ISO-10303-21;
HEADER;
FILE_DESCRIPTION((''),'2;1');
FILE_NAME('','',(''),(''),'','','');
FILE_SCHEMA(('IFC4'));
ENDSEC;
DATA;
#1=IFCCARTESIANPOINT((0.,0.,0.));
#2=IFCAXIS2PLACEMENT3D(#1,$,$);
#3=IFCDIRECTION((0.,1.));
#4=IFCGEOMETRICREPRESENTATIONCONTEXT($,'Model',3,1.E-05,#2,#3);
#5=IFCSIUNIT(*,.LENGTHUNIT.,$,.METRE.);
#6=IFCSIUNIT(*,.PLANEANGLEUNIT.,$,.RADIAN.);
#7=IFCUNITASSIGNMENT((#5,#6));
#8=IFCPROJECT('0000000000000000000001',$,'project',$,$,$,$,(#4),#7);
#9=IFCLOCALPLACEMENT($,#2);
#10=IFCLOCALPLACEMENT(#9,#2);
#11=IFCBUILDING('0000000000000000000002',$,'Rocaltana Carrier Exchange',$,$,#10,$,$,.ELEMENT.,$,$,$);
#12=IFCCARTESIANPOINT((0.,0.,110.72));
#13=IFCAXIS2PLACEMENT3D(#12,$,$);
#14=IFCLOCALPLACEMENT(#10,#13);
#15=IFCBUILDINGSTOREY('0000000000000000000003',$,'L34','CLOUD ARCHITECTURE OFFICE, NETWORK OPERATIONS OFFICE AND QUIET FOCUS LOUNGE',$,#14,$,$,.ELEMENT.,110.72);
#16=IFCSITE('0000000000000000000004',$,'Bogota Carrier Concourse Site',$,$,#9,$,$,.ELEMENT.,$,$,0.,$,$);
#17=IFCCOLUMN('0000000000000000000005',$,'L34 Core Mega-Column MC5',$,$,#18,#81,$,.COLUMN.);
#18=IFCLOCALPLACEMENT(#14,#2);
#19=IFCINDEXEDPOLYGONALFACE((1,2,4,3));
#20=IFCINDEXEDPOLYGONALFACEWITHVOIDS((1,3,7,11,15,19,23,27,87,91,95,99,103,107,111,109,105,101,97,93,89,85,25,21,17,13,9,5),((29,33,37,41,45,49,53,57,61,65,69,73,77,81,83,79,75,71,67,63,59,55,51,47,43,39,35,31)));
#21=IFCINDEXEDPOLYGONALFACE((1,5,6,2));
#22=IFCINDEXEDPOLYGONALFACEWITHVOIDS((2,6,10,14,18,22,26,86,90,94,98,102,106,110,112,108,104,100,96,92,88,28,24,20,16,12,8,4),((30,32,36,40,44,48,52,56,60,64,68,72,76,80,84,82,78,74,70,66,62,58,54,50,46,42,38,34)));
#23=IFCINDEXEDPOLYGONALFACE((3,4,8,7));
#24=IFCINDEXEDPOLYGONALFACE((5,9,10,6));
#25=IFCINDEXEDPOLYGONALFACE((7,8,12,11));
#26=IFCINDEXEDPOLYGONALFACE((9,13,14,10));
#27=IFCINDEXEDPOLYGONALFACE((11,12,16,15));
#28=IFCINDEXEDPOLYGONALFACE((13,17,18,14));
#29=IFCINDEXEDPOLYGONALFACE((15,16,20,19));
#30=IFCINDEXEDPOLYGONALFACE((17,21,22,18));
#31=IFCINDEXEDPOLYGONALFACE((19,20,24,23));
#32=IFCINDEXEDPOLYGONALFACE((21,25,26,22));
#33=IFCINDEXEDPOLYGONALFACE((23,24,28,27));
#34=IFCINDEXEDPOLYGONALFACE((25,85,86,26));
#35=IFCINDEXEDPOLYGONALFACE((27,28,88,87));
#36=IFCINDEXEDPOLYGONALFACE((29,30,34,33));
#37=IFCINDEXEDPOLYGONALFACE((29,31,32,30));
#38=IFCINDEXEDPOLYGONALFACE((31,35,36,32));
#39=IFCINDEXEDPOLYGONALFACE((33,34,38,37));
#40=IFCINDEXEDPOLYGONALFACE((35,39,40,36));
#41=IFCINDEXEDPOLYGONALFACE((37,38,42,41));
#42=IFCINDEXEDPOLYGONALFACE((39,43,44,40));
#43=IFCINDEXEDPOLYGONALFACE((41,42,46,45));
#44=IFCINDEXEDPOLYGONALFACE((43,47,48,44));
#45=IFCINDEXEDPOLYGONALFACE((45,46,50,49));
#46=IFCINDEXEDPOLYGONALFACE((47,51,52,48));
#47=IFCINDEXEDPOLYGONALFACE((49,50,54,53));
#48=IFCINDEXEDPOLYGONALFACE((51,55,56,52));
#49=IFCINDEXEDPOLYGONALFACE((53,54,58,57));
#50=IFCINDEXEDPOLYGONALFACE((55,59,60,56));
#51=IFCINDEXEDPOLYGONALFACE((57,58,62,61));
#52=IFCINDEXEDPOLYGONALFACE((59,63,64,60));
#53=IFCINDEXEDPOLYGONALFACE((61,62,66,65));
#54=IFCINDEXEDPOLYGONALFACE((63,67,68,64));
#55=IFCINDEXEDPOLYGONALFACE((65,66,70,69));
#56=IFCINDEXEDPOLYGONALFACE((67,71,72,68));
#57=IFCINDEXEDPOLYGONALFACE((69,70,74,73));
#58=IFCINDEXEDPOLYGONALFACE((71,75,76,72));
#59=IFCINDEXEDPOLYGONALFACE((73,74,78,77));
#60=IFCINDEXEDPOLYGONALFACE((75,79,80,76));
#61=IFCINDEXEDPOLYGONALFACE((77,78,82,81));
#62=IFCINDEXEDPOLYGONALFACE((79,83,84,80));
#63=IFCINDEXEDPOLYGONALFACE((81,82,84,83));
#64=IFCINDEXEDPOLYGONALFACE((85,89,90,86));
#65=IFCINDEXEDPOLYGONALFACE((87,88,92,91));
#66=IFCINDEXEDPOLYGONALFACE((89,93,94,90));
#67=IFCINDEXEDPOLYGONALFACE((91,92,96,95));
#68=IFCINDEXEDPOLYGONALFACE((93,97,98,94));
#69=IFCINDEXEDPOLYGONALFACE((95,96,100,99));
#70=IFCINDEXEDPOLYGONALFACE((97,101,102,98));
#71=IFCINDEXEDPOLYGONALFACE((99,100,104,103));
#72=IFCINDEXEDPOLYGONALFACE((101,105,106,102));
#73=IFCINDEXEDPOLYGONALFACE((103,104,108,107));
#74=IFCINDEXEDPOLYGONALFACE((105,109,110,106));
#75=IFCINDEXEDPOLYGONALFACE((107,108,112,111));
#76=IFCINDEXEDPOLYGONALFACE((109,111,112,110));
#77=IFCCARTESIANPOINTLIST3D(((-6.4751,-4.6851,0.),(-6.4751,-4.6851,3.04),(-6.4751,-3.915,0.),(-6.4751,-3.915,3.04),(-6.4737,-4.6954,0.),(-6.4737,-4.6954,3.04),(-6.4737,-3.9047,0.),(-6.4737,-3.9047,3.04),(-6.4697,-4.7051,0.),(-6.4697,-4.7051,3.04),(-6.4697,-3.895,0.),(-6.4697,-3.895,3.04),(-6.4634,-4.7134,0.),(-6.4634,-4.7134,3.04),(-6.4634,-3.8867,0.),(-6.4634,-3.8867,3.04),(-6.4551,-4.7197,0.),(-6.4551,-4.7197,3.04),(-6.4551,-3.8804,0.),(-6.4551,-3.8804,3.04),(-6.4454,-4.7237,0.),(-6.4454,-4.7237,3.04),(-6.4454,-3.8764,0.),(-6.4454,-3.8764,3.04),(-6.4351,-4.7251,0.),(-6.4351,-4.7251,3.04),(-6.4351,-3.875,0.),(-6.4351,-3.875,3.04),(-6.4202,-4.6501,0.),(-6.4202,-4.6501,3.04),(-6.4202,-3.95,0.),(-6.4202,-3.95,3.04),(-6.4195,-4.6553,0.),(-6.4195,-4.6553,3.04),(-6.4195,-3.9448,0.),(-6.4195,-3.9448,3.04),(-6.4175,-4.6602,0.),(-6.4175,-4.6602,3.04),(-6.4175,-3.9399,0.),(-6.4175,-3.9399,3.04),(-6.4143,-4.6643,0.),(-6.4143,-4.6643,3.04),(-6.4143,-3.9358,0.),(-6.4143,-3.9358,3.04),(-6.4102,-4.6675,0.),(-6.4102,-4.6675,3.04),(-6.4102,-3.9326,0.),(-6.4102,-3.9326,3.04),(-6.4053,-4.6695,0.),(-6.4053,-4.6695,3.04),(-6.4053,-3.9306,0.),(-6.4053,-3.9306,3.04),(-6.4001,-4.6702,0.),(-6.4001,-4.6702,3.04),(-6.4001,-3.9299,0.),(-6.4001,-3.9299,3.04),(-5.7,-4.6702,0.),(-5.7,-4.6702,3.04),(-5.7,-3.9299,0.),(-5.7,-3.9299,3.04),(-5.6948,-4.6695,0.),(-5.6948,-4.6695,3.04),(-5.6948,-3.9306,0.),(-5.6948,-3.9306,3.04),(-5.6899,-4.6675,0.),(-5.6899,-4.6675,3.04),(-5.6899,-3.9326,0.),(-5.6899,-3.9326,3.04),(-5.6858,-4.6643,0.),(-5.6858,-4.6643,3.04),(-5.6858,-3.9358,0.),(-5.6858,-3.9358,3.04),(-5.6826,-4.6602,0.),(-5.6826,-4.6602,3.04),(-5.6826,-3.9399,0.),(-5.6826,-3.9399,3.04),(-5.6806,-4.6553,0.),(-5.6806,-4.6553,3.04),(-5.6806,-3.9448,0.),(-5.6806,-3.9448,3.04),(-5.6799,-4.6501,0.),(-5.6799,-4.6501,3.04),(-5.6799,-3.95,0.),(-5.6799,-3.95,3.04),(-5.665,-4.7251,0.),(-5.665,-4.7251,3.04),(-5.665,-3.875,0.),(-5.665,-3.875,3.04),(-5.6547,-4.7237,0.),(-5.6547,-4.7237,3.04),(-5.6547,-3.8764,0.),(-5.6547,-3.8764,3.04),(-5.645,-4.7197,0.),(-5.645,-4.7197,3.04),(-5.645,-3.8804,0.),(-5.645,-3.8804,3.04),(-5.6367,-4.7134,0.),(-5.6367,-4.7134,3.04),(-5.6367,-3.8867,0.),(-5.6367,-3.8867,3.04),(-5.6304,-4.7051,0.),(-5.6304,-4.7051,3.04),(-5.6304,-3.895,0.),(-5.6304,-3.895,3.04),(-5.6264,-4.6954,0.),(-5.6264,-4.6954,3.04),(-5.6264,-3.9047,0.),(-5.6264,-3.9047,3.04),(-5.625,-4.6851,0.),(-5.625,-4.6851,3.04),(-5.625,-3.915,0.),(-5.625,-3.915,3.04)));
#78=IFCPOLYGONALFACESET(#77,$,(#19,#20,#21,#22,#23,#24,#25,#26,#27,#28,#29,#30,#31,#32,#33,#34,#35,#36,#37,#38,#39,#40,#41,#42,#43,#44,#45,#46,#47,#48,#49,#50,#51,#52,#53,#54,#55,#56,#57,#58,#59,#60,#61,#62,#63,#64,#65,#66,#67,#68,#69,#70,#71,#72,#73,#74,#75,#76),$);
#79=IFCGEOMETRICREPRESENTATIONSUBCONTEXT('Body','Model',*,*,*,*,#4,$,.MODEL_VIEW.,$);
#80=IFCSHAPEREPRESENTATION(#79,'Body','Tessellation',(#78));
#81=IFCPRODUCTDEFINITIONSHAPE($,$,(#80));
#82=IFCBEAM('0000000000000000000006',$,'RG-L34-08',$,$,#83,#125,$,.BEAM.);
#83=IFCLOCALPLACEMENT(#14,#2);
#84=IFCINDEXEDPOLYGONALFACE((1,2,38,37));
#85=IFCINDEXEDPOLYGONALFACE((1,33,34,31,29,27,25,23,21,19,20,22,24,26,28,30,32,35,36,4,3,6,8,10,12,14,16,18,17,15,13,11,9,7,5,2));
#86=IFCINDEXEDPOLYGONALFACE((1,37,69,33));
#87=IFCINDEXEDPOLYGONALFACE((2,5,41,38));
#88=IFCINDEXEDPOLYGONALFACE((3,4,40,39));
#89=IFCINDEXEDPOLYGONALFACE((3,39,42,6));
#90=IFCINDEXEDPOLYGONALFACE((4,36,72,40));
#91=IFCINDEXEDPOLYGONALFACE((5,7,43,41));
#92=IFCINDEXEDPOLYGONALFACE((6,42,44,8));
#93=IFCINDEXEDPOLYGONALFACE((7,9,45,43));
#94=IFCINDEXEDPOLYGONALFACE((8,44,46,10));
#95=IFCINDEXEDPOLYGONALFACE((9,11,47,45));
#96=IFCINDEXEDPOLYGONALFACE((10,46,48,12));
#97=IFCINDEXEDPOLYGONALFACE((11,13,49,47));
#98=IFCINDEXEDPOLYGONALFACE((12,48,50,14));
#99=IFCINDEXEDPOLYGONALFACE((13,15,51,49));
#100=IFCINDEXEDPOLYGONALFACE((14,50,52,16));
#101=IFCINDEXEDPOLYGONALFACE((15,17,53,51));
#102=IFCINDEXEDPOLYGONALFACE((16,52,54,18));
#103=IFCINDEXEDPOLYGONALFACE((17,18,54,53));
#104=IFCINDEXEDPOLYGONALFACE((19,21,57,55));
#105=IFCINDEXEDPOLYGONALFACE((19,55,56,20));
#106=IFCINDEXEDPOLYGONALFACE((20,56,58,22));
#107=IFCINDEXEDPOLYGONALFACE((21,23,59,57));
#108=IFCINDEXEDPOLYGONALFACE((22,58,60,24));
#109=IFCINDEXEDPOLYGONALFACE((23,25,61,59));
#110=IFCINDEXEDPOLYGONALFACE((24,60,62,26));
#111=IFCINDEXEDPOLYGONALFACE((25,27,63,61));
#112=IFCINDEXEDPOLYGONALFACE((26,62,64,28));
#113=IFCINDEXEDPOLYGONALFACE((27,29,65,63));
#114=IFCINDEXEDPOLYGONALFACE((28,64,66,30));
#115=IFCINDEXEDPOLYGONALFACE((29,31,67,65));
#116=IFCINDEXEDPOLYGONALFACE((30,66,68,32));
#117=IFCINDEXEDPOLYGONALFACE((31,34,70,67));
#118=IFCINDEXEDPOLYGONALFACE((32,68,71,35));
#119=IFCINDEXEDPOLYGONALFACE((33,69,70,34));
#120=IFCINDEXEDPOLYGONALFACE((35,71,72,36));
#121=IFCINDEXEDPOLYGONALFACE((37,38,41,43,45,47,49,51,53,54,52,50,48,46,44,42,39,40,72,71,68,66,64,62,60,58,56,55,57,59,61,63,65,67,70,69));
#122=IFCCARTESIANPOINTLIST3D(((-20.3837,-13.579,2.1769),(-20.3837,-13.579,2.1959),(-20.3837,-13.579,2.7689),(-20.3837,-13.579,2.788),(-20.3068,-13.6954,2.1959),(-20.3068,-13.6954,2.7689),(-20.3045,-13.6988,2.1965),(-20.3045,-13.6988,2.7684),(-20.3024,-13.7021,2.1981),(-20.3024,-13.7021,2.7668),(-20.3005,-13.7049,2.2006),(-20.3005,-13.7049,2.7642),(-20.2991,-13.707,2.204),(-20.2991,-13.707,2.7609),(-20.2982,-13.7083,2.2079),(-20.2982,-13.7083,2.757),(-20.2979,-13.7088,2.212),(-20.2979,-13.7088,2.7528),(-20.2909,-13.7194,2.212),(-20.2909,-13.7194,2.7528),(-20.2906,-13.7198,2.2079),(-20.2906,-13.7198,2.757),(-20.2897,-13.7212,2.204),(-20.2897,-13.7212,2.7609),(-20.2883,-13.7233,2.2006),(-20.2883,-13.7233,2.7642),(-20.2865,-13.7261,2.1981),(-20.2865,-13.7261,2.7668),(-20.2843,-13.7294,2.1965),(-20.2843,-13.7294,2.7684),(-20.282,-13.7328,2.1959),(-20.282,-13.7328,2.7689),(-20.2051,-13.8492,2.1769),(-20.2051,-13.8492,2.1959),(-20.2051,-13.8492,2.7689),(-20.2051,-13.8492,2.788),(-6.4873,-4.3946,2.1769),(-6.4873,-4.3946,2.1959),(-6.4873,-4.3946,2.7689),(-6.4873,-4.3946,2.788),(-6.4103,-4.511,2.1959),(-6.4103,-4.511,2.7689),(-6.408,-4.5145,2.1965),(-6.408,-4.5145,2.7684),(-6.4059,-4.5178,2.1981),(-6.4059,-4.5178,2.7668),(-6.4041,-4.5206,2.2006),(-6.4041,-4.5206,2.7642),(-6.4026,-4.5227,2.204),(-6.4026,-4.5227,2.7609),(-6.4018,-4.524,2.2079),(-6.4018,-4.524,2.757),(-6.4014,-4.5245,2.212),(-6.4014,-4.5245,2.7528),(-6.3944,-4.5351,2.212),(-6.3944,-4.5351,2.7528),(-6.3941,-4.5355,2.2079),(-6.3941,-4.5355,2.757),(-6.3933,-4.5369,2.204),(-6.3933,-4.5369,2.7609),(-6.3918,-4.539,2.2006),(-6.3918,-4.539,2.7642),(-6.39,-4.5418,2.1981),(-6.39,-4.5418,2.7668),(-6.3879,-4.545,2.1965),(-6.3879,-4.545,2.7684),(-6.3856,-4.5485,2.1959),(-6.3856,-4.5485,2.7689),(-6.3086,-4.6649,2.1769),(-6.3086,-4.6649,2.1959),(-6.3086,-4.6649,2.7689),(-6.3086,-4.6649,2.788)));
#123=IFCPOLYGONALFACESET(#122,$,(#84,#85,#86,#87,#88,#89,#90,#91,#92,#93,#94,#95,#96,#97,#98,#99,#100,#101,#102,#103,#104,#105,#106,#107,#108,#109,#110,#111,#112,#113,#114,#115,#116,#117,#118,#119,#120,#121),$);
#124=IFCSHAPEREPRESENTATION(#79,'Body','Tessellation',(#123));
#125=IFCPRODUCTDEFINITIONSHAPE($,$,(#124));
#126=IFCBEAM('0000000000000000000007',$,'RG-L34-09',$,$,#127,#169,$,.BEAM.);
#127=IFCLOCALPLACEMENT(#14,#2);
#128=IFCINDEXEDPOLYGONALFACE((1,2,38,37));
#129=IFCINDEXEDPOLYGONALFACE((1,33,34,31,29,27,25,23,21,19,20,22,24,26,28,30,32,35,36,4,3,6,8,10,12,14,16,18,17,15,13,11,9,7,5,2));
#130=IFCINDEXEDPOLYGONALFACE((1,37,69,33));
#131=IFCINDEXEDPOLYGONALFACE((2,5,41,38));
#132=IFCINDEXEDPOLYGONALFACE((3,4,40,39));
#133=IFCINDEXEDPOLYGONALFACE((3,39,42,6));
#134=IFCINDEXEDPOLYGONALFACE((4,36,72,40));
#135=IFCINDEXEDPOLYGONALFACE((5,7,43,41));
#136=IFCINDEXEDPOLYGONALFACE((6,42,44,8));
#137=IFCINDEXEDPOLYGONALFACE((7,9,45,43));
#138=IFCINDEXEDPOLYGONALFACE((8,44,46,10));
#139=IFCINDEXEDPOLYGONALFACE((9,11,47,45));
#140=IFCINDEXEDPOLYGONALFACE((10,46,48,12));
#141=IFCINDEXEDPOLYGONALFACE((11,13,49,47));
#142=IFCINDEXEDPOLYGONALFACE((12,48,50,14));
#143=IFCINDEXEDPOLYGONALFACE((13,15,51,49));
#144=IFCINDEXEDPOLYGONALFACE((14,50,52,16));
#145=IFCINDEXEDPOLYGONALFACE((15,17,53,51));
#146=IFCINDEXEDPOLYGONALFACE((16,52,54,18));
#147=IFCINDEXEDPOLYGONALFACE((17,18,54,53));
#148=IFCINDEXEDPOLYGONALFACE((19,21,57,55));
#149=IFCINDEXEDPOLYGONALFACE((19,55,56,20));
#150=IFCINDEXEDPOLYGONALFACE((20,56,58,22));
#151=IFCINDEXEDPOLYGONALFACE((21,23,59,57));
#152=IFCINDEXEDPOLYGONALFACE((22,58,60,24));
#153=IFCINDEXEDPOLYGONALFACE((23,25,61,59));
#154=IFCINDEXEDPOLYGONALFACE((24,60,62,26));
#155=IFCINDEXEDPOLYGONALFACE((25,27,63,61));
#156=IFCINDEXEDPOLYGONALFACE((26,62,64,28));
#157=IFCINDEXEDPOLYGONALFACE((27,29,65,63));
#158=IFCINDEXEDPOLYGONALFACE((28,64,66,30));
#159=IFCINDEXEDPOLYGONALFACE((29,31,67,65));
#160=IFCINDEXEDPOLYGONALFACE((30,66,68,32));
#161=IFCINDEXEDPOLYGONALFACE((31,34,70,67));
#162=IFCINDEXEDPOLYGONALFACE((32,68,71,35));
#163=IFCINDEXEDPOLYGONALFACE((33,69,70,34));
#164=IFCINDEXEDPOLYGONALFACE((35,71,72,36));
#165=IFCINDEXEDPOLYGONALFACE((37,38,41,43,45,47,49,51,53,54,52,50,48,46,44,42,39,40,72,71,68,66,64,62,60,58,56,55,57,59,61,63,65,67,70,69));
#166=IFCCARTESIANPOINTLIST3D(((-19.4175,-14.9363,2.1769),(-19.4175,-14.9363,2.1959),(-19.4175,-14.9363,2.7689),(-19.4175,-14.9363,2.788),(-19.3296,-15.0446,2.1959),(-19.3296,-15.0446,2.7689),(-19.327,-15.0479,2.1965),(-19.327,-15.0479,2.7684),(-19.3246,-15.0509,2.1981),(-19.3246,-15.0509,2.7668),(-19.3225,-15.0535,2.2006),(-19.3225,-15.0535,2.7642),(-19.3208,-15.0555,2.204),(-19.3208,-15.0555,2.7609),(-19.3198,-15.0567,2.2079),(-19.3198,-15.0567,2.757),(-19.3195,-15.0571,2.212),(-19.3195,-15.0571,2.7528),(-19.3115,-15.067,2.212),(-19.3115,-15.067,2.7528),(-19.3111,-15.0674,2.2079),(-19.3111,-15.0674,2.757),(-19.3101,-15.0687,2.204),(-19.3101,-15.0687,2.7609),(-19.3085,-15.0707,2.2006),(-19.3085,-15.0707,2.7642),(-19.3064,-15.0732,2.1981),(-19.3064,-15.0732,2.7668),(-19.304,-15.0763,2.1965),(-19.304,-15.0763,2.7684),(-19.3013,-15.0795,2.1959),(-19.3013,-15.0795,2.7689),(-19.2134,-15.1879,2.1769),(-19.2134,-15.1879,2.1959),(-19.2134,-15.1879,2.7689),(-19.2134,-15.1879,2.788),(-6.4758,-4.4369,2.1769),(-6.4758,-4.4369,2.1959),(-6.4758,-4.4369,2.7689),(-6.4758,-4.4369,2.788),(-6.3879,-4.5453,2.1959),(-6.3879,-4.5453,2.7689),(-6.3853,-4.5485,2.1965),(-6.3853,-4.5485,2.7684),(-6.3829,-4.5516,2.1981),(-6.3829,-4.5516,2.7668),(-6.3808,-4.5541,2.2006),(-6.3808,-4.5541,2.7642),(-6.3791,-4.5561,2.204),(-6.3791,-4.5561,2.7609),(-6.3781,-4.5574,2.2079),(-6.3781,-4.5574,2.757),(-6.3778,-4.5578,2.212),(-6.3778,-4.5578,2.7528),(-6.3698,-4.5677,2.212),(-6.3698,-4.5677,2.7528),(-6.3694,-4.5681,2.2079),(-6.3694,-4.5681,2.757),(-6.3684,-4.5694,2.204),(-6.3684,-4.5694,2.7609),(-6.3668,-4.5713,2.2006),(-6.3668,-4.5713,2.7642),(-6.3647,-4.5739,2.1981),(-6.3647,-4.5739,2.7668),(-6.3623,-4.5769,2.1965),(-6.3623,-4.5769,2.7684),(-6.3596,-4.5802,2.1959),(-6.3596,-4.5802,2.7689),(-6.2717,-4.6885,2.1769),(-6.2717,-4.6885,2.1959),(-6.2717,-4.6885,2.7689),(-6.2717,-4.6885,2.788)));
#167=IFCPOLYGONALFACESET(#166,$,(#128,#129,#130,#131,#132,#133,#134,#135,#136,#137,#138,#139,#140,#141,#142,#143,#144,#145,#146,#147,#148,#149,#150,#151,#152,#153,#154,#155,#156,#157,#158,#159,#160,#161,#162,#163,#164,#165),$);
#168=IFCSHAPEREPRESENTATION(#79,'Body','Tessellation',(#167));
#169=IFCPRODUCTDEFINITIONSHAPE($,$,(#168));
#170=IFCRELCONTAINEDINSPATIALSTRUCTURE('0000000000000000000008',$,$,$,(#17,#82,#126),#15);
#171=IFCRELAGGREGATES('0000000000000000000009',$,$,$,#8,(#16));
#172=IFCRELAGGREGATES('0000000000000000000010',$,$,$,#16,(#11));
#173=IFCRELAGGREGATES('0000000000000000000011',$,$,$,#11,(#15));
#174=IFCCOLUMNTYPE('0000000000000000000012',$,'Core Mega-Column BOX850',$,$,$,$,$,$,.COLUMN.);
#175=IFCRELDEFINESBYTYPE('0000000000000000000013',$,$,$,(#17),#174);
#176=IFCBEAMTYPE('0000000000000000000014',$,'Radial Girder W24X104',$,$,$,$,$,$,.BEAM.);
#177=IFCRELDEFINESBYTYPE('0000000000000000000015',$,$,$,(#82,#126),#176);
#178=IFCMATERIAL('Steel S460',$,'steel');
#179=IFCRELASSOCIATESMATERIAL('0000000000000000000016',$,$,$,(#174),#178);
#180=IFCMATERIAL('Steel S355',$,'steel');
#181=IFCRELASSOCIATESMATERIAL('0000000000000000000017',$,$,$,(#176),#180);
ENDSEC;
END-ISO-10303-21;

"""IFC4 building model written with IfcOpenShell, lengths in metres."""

from ifc_helpers import new_model, si_unit, direction, frame, origin, origin_2d, place, context, subcontext, project, spatial, hollow_rectangle, i_section, extrude, material, material_profile, profile_set, type_object, element, save


model = new_model("IFC4")

# Units and contexts
model_context = context("Model", 3, precision=1e-05, world=origin(), true_north=direction((0.0, 1.0)))
body_context = subcontext(model_context, "Body", "Model", "MODEL_VIEW")
ifc_project = project(units=[si_unit("LENGTHUNIT", "METRE"), si_unit("PLANEANGLEUNIT", "RADIAN")], contexts=[model_context])

# Site, building, storey
site_placement = place(None, origin())
site = spatial("IfcSite", under=ifc_project, at=site_placement, Name="Bogota Carrier Concourse Site", CompositionType="ELEMENT", RefElevation=0.0)
building_placement = place(site_placement, origin())
building = spatial("IfcBuilding", under=site, at=building_placement, Name="Rocaltana Carrier Exchange", CompositionType="ELEMENT")
storey_placement = place(building_placement, frame((0.0, 0.0, 110.72)))
storey = spatial("IfcBuildingStorey", under=building, at=storey_placement, Name="L34", Description="CLOUD ARCHITECTURE OFFICE, NETWORK OPERATIONS OFFICE AND QUIET FOCUS LOUNGE", CompositionType="ELEMENT", Elevation=110.72)

# Column
ifc_material_1 = material(Name="Steel S460", Category="steel")
ifc_material_profile_1 = material_profile(ifc_material_1, hollow_rectangle(XDim=0.8501, YDim=0.8501, WallThickness=0.0549, InnerFilletRadius=0.02, OuterFilletRadius=0.04, at=origin_2d()), Name="BOX850X850X55")
ifc_profile_set_1 = profile_set([ifc_material_profile_1], Name="Steel S460")
column_type = type_object("IfcColumnType", Name="Core Mega-Column BOX850", PredefinedType="COLUMN", material=ifc_profile_set_1)
column_placement = place(storey_placement, frame((-6.05, -4.3, 0.0), z_axis=(0.0, 0.0, 1.0), x_axis=(1.0, 0.0, 0.0)))
element("IfcColumn", 1, at=column_placement, inside=storey, type_object=column_type, Name="L34 Core Mega-Column MC5", PredefinedType="COLUMN", context=body_context, shape_type="SweptSolid", body=[
    extrude(hollow_rectangle(XDim=0.8501, YDim=0.8501, WallThickness=0.0549, InnerFilletRadius=0.02, OuterFilletRadius=0.04, at=origin_2d()), origin(), (0.0, 0.0, 1.0), 3.04),
])

# Beams
ifc_material_2 = material(Name="Steel S355", Category="steel")
ifc_material_profile_2 = material_profile(ifc_material_2, i_section(OverallWidth=0.324, OverallDepth=0.6111, WebThickness=0.0127, FlangeThickness=0.019, FilletRadius=0.0161, at=origin_2d()), Name="W24X104")
ifc_profile_set_2 = profile_set([ifc_material_profile_2], Name="Steel S355")
beam_type = type_object("IfcBeamType", Name="Radial Girder W24X104", PredefinedType="BEAM", material=ifc_profile_set_2)
beam_1_placement = place(storey_placement, frame((-6.3979, -4.5298, 2.4824), z_axis=(-0.83426, -0.551371, 0.0), x_axis=(0.551371, -0.83426, 0.0)))
element("IfcBeam", 2, at=beam_1_placement, inside=storey, type_object=beam_type, Name="RG-L34-08", PredefinedType="BEAM", context=body_context, shape_type="SweptSolid", body=[
    extrude(i_section(OverallWidth=0.324, OverallDepth=0.6111, WebThickness=0.0127, FlangeThickness=0.019, FilletRadius=0.0161, at=origin_2d()), origin(), (0.0, 0.0, 1.0), 16.6572),
])
beam_2_placement = place(storey_placement, frame((-6.3738, -4.5627, 2.4824), z_axis=(-0.776578, -0.630021, 0.0), x_axis=(0.630021, -0.776578, 0.0)))
element("IfcBeam", 3, at=beam_2_placement, inside=storey, type_object=beam_type, Name="RG-L34-09", PredefinedType="BEAM", context=body_context, shape_type="SweptSolid", body=[
    extrude(i_section(OverallWidth=0.324, OverallDepth=0.6111, WebThickness=0.0127, FlangeThickness=0.019, FilletRadius=0.0161, at=origin_2d()), origin(), (0.0, 0.0, 1.0), 16.665),
])

save(model, "model.ifc")
